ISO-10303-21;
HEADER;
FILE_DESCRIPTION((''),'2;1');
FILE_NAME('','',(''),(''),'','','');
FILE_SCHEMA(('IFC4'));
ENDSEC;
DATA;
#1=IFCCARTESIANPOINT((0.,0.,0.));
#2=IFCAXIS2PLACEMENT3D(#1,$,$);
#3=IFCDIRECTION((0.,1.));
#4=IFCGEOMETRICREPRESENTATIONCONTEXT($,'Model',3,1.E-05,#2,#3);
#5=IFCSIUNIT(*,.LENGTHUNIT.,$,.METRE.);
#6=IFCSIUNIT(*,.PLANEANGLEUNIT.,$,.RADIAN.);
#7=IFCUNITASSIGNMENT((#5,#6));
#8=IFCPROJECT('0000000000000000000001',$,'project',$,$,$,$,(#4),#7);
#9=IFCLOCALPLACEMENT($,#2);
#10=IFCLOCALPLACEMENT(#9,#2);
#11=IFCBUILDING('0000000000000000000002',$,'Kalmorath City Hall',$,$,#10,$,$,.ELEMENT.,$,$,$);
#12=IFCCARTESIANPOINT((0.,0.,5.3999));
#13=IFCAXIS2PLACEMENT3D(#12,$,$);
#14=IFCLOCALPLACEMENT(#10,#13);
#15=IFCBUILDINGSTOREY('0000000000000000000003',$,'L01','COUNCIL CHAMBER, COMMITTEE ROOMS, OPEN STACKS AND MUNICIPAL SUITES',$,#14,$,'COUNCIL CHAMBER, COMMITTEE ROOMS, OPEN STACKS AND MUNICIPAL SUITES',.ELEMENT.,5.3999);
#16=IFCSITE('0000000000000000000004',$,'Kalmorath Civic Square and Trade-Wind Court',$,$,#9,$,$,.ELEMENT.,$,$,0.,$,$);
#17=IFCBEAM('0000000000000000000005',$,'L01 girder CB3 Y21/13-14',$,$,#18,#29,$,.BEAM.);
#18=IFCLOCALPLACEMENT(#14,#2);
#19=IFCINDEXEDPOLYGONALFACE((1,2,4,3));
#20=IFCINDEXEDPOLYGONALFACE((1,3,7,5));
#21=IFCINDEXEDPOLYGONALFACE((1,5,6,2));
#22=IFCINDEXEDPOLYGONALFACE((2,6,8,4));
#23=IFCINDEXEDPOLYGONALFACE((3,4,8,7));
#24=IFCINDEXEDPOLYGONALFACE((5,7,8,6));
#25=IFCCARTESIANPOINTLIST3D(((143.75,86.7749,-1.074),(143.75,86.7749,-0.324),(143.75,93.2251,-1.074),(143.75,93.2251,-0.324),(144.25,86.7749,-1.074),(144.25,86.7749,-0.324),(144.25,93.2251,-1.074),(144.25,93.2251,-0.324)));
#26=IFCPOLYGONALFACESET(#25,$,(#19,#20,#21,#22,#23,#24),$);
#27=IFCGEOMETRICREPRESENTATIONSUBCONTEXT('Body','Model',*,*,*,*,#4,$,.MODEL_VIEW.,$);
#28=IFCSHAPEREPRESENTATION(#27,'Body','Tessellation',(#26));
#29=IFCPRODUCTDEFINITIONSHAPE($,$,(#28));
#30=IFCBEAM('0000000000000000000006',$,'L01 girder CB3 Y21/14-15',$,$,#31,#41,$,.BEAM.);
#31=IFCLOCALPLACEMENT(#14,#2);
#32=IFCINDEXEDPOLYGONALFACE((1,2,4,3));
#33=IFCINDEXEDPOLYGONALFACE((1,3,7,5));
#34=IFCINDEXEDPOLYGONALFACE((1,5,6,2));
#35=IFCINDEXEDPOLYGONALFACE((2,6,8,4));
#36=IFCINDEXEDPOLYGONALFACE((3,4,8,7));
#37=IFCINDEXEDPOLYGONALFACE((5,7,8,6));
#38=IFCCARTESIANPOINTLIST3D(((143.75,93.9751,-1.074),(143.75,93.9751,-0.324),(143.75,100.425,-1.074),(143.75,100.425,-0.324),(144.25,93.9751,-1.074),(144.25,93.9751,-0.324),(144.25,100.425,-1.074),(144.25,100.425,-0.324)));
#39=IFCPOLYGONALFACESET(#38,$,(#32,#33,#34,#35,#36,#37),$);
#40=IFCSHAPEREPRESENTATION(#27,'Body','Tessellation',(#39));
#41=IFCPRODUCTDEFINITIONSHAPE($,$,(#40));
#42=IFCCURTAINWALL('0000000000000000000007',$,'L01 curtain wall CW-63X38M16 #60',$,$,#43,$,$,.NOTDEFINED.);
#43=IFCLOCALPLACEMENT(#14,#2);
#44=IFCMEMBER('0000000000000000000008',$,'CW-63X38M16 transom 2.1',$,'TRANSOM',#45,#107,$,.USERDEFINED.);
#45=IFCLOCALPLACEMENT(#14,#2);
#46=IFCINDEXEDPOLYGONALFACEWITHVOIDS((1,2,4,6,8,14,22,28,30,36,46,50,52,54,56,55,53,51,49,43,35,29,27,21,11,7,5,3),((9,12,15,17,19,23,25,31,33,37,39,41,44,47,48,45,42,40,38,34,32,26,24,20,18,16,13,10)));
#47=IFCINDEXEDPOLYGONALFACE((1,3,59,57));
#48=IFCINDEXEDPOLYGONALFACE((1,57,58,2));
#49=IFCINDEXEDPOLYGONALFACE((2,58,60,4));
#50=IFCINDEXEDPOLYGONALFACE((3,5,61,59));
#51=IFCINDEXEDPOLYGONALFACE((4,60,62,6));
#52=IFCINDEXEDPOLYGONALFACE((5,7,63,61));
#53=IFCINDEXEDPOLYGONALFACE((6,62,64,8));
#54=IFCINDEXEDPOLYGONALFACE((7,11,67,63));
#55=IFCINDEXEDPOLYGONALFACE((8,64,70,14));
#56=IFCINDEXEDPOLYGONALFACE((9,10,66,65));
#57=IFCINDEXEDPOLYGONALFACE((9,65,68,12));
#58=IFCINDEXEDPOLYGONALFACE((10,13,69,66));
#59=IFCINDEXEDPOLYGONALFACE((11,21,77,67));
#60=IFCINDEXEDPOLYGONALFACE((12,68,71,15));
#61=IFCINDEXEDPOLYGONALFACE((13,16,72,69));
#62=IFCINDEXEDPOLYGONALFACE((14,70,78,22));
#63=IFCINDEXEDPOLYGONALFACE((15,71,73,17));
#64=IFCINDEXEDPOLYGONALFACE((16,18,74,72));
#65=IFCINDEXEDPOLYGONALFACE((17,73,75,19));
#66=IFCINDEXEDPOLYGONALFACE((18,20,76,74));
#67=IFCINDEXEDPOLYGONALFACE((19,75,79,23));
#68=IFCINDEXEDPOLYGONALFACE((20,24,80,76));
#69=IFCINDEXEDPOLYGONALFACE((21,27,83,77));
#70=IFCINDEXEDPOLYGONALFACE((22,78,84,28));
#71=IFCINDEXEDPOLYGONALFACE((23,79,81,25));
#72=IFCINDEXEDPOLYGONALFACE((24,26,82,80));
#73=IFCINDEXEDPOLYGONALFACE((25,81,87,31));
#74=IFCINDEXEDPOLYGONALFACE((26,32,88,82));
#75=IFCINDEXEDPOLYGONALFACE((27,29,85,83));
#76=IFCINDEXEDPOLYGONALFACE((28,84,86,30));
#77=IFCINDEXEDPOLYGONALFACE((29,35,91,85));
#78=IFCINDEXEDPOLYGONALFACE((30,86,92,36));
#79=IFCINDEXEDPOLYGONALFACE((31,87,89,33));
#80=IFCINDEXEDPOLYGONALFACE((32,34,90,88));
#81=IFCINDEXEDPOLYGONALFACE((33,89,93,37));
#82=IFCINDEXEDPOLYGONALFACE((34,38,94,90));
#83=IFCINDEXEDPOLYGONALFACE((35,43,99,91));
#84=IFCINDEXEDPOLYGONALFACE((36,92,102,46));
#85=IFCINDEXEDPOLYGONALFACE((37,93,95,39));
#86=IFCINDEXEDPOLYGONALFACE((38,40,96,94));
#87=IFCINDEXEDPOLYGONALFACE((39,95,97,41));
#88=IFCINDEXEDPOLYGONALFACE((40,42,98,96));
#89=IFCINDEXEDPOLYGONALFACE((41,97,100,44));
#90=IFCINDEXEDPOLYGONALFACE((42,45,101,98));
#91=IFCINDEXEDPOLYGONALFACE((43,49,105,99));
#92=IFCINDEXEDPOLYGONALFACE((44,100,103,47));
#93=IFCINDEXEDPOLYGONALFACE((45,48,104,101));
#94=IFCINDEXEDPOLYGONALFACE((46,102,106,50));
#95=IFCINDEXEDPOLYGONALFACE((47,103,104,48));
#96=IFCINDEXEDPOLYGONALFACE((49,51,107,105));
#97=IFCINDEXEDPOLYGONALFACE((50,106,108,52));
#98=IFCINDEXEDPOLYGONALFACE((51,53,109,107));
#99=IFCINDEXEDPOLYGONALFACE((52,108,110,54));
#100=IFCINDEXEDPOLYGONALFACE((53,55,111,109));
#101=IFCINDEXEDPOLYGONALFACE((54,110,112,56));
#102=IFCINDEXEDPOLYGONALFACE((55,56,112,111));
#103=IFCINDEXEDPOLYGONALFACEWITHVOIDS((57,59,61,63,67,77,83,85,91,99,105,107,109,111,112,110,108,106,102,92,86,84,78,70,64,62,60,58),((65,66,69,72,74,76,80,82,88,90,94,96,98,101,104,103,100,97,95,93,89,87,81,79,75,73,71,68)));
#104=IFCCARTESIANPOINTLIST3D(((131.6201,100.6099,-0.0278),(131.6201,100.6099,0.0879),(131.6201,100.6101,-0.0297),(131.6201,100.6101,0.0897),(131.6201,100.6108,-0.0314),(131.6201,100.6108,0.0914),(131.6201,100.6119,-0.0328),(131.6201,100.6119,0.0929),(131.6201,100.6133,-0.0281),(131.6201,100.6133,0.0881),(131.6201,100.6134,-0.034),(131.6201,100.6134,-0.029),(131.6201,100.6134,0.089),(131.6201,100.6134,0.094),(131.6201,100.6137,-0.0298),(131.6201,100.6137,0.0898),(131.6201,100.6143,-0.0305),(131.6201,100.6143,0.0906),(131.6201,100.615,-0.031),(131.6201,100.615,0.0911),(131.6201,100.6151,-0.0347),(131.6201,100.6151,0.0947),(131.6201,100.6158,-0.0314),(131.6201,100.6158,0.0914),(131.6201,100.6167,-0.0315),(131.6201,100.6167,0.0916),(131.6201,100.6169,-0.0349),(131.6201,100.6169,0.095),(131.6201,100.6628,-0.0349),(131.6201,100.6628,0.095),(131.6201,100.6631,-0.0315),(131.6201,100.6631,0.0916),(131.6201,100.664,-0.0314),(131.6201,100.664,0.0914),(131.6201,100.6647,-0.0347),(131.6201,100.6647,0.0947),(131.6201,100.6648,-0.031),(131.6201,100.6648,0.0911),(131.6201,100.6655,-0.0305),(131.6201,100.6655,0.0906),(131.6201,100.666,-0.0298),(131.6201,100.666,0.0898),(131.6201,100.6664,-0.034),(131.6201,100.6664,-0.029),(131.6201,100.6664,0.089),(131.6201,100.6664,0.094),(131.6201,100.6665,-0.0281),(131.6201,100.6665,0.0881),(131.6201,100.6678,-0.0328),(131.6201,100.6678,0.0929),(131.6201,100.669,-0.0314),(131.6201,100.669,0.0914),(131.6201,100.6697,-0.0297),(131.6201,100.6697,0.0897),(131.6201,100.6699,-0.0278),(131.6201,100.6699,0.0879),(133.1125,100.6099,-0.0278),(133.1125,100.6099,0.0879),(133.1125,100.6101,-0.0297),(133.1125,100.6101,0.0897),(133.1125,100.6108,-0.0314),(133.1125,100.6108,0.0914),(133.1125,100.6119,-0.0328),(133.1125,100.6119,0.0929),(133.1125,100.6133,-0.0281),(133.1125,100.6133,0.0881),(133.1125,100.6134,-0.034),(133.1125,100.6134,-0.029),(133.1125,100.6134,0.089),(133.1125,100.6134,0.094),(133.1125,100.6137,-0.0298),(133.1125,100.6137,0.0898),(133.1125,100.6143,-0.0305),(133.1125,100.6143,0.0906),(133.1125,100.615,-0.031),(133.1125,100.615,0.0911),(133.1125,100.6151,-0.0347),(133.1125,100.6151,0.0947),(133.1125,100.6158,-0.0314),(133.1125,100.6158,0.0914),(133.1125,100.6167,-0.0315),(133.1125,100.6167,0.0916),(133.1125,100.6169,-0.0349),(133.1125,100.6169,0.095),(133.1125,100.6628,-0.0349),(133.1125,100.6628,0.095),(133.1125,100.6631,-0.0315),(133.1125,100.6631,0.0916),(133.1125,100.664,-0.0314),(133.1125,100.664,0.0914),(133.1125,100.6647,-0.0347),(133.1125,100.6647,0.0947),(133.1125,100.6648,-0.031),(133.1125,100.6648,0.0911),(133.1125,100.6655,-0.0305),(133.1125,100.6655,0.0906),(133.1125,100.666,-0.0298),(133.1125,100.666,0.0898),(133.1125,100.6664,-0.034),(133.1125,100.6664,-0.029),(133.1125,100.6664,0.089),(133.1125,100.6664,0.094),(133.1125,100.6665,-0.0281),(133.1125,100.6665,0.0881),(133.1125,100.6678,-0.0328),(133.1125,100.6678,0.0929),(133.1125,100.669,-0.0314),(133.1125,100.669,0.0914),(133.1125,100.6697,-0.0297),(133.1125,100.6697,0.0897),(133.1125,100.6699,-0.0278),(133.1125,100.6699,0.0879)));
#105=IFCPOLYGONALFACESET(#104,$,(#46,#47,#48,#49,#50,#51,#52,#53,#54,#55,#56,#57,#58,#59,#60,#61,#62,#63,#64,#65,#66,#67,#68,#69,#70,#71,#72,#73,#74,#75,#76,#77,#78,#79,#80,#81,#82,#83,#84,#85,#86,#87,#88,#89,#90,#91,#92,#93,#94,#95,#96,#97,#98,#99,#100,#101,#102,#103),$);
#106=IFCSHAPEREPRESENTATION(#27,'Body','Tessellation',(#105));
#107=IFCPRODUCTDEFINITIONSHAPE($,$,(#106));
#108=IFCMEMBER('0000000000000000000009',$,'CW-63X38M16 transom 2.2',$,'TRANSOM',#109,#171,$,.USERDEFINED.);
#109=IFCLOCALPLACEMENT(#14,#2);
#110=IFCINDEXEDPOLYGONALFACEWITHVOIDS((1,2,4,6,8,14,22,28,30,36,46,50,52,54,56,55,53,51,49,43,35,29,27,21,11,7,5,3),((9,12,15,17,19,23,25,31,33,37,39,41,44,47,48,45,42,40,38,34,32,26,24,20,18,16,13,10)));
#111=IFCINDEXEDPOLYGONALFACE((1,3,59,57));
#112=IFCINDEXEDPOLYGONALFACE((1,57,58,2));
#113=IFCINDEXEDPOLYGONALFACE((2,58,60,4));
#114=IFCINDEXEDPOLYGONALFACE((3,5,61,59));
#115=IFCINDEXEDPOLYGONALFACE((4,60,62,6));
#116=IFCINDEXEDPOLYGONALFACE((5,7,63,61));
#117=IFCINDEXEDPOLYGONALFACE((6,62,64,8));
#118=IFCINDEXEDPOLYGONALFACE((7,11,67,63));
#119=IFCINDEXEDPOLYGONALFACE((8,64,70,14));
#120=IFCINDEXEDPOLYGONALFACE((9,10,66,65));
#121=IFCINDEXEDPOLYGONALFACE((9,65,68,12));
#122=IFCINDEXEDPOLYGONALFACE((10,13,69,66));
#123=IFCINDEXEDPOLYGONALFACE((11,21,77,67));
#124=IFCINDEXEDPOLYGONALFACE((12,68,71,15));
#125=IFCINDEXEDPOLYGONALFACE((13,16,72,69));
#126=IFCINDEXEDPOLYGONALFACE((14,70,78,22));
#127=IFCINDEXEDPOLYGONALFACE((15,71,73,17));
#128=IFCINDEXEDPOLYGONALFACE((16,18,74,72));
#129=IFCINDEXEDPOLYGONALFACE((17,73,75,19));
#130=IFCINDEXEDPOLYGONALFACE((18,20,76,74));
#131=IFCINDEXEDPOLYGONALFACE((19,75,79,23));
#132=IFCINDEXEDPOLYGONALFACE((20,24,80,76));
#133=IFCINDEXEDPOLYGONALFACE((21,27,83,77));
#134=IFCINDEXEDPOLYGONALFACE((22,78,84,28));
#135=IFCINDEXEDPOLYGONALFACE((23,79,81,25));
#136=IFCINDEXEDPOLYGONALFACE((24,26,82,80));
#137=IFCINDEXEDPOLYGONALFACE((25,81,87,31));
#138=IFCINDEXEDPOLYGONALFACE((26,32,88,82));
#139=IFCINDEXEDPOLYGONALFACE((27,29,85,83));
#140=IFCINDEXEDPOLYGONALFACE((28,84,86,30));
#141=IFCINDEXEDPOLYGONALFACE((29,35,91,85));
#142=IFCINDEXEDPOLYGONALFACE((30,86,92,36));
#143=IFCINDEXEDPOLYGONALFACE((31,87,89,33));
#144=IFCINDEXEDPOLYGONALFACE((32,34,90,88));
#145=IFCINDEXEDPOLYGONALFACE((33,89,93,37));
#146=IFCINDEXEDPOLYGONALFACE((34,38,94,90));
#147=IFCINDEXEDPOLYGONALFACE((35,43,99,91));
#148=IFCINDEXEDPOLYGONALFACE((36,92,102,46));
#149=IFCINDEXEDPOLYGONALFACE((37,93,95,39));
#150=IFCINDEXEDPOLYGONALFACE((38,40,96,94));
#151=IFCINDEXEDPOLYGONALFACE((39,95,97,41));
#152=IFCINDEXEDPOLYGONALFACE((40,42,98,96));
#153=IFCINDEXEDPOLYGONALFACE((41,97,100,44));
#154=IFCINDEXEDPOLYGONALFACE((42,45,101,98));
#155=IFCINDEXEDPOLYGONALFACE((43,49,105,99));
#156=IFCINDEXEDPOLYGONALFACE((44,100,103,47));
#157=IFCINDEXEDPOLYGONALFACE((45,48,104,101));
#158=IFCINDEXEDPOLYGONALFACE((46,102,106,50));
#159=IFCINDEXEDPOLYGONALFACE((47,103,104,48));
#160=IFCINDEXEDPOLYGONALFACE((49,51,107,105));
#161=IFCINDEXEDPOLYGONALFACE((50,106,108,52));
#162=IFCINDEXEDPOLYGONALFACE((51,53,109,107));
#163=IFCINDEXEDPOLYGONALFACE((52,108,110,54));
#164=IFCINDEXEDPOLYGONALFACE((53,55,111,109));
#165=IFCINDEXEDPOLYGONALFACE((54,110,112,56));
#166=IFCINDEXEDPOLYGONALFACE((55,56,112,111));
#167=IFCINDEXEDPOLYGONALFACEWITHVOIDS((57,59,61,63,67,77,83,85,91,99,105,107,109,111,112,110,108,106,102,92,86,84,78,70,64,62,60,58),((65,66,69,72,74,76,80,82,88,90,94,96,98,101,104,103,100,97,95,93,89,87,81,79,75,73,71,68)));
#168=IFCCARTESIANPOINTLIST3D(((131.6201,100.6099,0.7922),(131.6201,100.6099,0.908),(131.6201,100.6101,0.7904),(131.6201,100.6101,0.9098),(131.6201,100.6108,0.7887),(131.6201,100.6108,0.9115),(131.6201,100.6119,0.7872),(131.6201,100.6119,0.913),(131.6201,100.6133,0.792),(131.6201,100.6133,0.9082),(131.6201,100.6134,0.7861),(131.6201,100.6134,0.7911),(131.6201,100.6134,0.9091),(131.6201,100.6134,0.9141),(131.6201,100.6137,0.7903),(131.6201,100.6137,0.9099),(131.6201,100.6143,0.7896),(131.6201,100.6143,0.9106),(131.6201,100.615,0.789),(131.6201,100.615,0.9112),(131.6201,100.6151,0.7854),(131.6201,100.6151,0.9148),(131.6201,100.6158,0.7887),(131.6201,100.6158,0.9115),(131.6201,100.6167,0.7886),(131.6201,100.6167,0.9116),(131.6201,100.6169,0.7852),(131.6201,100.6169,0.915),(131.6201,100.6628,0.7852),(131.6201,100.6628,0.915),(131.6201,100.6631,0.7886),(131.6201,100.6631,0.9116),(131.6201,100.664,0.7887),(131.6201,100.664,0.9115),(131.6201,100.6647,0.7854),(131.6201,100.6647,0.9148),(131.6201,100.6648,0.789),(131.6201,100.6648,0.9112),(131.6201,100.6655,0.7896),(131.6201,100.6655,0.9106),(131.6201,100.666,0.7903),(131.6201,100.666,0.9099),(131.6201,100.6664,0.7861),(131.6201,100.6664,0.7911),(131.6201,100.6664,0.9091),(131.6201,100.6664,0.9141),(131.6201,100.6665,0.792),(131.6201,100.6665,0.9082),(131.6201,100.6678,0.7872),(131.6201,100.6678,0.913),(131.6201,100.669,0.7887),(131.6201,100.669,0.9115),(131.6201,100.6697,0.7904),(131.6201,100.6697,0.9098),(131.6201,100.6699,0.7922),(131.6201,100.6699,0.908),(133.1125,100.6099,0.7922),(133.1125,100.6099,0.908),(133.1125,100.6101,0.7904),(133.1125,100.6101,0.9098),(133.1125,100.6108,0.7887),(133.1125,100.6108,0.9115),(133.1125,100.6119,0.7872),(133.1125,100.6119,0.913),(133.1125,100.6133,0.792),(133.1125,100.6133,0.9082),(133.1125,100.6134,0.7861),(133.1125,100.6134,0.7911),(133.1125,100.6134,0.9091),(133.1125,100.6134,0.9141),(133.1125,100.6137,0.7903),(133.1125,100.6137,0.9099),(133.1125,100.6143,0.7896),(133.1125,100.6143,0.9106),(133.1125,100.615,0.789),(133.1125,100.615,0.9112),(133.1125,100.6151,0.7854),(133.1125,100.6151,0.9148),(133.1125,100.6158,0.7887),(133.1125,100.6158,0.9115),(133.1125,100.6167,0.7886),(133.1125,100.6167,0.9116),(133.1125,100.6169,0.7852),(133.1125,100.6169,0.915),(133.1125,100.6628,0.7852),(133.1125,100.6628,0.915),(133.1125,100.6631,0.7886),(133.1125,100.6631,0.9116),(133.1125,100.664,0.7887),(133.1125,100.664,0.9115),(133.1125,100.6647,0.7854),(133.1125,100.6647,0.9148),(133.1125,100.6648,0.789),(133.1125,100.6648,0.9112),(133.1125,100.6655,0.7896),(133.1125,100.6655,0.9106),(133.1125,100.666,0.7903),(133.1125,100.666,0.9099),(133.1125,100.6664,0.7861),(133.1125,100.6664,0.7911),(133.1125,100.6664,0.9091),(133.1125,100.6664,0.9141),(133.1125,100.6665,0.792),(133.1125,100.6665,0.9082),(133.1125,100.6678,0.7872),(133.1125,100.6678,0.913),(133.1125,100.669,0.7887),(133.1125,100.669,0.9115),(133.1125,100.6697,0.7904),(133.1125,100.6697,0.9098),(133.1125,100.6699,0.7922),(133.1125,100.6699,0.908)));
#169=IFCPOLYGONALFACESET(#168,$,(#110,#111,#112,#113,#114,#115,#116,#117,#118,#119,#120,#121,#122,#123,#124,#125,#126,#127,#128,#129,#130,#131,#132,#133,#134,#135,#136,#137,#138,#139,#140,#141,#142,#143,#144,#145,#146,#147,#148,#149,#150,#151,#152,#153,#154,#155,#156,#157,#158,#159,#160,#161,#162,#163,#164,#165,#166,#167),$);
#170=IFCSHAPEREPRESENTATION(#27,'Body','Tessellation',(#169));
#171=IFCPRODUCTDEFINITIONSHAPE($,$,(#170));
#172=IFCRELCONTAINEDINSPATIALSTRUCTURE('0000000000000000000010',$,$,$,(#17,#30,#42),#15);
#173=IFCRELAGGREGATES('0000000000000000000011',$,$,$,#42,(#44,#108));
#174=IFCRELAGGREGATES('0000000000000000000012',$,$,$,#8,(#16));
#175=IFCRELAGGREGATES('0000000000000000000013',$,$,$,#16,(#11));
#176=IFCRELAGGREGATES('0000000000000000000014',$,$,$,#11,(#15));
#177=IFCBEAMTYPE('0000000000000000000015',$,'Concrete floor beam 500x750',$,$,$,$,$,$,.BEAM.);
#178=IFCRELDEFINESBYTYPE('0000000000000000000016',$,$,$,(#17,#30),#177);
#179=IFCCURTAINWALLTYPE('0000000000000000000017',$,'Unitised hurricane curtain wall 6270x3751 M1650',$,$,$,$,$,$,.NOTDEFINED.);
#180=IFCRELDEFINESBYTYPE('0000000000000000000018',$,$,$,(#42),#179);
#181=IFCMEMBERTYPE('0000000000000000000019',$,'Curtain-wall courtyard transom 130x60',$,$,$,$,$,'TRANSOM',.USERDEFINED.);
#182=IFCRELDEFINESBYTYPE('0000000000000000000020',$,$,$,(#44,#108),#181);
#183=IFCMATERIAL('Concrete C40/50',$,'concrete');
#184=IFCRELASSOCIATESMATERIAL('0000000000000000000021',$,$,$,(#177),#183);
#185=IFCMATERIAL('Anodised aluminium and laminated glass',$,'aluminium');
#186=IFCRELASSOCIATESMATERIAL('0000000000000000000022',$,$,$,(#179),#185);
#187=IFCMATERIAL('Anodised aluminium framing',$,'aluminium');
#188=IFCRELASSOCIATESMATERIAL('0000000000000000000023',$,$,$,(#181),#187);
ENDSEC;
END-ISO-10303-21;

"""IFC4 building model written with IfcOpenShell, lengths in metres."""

from ifc_helpers import new_model, si_unit, direction, frame, origin, origin_2d, place, context, subcontext, project, spatial, rectangle, hollow_rectangle, extrude, material, material_profile, profile_set, type_object, element, aggregate, save


model = new_model("IFC4")

# Units and contexts
model_context = context("Model", 3, precision=1e-05, world=origin(), true_north=direction((0.0, 1.0)))
body_context = subcontext(model_context, "Body", "Model", "MODEL_VIEW")
ifc_project = project(units=[si_unit("LENGTHUNIT", "METRE"), si_unit("PLANEANGLEUNIT", "RADIAN")], contexts=[model_context])

# Site, building, storey
site_placement = place(None, origin())
site = spatial("IfcSite", under=ifc_project, at=site_placement, Name="Kalmorath Civic Square and Trade-Wind Court", CompositionType="ELEMENT", RefElevation=0.0)
building_placement = place(site_placement, origin())
building = spatial("IfcBuilding", under=site, at=building_placement, Name="Kalmorath City Hall", CompositionType="ELEMENT")
storey_placement = place(building_placement, frame((0.0, 0.0, 5.3999)))
storey = spatial("IfcBuildingStorey", under=building, at=storey_placement, Name="L01", Description="COUNCIL CHAMBER, COMMITTEE ROOMS, OPEN STACKS AND MUNICIPAL SUITES", LongName="COUNCIL CHAMBER, COMMITTEE ROOMS, OPEN STACKS AND MUNICIPAL SUITES", CompositionType="ELEMENT", Elevation=5.3999)

# Beams
ifc_material_1 = material(Name="Concrete C40/50", Category="concrete")
ifc_material_profile_1 = material_profile(ifc_material_1, rectangle(XDim=0.5, YDim=0.75, at=origin_2d()), Name="RC-BM-500X750")
ifc_profile_set_1 = profile_set([ifc_material_profile_1], Name="Concrete C40/50")
beam_type_1 = type_object("IfcBeamType", Name="Concrete floor beam 500x750", PredefinedType="BEAM", material=ifc_profile_set_1)
beam_1_placement = place(storey_placement, frame((144.0, 86.7749, -0.699), z_axis=(0.0, 1.0, 0.0), x_axis=(-1.0, 0.0, 0.0)))
element("IfcBeam", 1, at=beam_1_placement, inside=storey, type_object=beam_type_1, Name="L01 girder CB3 Y21/13-14", PredefinedType="BEAM", context=body_context, shape_type="SweptSolid", body=[
    extrude(rectangle(XDim=0.5, YDim=0.75, at=origin_2d()), origin(), (0.0, 0.0, 1.0), 6.4502),
])
beam_2_placement = place(storey_placement, frame((144.0, 93.9751, -0.699), z_axis=(0.0, 1.0, 0.0), x_axis=(-1.0, 0.0, 0.0)))
element("IfcBeam", 2, at=beam_2_placement, inside=storey, type_object=beam_type_1, Name="L01 girder CB3 Y21/14-15", PredefinedType="BEAM", context=body_context, shape_type="SweptSolid", body=[
    extrude(rectangle(XDim=0.5, YDim=0.75, at=origin_2d()), origin(), (0.0, 0.0, 1.0), 6.45),
])

# Curtain wall, members
ifc_material_2 = material(Name="Anodised aluminium and laminated glass", Category="aluminium")
curtain_wall_type = type_object("IfcCurtainWallType", Name="Unitised hurricane curtain wall 6270x3751 M1650", PredefinedType="NOTDEFINED", material=ifc_material_2)
curtain_wall_placement = place(storey_placement, origin())
curtain_wall = element("IfcCurtainWall", 3, at=curtain_wall_placement, inside=storey, type_object=curtain_wall_type, Name="L01 curtain wall CW-63X38M16 #60", PredefinedType="NOTDEFINED")
ifc_material_3 = material(Name="Anodised aluminium framing", Category="aluminium")
ifc_material_profile_2 = material_profile(ifc_material_3, hollow_rectangle(XDim=0.0601, YDim=0.1299, WallThickness=0.0034, InnerFilletRadius=0.0034, OuterFilletRadius=0.0071, at=origin_2d()), Name="ALU-TRN-130X60X3.5")
ifc_profile_set_2 = profile_set([ifc_material_profile_2], Name="Anodised aluminium framing")
member_type_1 = type_object("IfcMemberType", Name="Curtain-wall courtyard transom 130x60", ElementType="TRANSOM", PredefinedType="USERDEFINED", material=ifc_profile_set_2)
member_1_placement = place(storey_placement, frame((131.6201, 100.6399, 0.03), z_axis=(1.0, 0.0, 0.0), x_axis=(0.0, 1.0, 0.0)))
member_1 = element("IfcMember", 4, at=member_1_placement, type_object=member_type_1, Name="CW-63X38M16 transom 2.1", ObjectType="TRANSOM", PredefinedType="USERDEFINED", context=body_context, shape_type="SweptSolid", body=[
    extrude(hollow_rectangle(XDim=0.0601, YDim=0.1299, WallThickness=0.0034, InnerFilletRadius=0.0034, OuterFilletRadius=0.0071, at=origin_2d()), origin(), (0.0, 0.0, 1.0), 1.4924),
])
member_2_placement = place(storey_placement, frame((131.6201, 100.6399, 0.8501), z_axis=(1.0, 0.0, 0.0), x_axis=(0.0, 1.0, 0.0)))
member_2 = element("IfcMember", 5, at=member_2_placement, type_object=member_type_1, Name="CW-63X38M16 transom 2.2", ObjectType="TRANSOM", PredefinedType="USERDEFINED", context=body_context, shape_type="SweptSolid", body=[
    extrude(hollow_rectangle(XDim=0.0601, YDim=0.1299, WallThickness=0.0034, InnerFilletRadius=0.0034, OuterFilletRadius=0.0071, at=origin_2d()), origin(), (0.0, 0.0, 1.0), 1.4924),
])

aggregate(curtain_wall, [member_1, member_2])

save(model, "model.ifc")
